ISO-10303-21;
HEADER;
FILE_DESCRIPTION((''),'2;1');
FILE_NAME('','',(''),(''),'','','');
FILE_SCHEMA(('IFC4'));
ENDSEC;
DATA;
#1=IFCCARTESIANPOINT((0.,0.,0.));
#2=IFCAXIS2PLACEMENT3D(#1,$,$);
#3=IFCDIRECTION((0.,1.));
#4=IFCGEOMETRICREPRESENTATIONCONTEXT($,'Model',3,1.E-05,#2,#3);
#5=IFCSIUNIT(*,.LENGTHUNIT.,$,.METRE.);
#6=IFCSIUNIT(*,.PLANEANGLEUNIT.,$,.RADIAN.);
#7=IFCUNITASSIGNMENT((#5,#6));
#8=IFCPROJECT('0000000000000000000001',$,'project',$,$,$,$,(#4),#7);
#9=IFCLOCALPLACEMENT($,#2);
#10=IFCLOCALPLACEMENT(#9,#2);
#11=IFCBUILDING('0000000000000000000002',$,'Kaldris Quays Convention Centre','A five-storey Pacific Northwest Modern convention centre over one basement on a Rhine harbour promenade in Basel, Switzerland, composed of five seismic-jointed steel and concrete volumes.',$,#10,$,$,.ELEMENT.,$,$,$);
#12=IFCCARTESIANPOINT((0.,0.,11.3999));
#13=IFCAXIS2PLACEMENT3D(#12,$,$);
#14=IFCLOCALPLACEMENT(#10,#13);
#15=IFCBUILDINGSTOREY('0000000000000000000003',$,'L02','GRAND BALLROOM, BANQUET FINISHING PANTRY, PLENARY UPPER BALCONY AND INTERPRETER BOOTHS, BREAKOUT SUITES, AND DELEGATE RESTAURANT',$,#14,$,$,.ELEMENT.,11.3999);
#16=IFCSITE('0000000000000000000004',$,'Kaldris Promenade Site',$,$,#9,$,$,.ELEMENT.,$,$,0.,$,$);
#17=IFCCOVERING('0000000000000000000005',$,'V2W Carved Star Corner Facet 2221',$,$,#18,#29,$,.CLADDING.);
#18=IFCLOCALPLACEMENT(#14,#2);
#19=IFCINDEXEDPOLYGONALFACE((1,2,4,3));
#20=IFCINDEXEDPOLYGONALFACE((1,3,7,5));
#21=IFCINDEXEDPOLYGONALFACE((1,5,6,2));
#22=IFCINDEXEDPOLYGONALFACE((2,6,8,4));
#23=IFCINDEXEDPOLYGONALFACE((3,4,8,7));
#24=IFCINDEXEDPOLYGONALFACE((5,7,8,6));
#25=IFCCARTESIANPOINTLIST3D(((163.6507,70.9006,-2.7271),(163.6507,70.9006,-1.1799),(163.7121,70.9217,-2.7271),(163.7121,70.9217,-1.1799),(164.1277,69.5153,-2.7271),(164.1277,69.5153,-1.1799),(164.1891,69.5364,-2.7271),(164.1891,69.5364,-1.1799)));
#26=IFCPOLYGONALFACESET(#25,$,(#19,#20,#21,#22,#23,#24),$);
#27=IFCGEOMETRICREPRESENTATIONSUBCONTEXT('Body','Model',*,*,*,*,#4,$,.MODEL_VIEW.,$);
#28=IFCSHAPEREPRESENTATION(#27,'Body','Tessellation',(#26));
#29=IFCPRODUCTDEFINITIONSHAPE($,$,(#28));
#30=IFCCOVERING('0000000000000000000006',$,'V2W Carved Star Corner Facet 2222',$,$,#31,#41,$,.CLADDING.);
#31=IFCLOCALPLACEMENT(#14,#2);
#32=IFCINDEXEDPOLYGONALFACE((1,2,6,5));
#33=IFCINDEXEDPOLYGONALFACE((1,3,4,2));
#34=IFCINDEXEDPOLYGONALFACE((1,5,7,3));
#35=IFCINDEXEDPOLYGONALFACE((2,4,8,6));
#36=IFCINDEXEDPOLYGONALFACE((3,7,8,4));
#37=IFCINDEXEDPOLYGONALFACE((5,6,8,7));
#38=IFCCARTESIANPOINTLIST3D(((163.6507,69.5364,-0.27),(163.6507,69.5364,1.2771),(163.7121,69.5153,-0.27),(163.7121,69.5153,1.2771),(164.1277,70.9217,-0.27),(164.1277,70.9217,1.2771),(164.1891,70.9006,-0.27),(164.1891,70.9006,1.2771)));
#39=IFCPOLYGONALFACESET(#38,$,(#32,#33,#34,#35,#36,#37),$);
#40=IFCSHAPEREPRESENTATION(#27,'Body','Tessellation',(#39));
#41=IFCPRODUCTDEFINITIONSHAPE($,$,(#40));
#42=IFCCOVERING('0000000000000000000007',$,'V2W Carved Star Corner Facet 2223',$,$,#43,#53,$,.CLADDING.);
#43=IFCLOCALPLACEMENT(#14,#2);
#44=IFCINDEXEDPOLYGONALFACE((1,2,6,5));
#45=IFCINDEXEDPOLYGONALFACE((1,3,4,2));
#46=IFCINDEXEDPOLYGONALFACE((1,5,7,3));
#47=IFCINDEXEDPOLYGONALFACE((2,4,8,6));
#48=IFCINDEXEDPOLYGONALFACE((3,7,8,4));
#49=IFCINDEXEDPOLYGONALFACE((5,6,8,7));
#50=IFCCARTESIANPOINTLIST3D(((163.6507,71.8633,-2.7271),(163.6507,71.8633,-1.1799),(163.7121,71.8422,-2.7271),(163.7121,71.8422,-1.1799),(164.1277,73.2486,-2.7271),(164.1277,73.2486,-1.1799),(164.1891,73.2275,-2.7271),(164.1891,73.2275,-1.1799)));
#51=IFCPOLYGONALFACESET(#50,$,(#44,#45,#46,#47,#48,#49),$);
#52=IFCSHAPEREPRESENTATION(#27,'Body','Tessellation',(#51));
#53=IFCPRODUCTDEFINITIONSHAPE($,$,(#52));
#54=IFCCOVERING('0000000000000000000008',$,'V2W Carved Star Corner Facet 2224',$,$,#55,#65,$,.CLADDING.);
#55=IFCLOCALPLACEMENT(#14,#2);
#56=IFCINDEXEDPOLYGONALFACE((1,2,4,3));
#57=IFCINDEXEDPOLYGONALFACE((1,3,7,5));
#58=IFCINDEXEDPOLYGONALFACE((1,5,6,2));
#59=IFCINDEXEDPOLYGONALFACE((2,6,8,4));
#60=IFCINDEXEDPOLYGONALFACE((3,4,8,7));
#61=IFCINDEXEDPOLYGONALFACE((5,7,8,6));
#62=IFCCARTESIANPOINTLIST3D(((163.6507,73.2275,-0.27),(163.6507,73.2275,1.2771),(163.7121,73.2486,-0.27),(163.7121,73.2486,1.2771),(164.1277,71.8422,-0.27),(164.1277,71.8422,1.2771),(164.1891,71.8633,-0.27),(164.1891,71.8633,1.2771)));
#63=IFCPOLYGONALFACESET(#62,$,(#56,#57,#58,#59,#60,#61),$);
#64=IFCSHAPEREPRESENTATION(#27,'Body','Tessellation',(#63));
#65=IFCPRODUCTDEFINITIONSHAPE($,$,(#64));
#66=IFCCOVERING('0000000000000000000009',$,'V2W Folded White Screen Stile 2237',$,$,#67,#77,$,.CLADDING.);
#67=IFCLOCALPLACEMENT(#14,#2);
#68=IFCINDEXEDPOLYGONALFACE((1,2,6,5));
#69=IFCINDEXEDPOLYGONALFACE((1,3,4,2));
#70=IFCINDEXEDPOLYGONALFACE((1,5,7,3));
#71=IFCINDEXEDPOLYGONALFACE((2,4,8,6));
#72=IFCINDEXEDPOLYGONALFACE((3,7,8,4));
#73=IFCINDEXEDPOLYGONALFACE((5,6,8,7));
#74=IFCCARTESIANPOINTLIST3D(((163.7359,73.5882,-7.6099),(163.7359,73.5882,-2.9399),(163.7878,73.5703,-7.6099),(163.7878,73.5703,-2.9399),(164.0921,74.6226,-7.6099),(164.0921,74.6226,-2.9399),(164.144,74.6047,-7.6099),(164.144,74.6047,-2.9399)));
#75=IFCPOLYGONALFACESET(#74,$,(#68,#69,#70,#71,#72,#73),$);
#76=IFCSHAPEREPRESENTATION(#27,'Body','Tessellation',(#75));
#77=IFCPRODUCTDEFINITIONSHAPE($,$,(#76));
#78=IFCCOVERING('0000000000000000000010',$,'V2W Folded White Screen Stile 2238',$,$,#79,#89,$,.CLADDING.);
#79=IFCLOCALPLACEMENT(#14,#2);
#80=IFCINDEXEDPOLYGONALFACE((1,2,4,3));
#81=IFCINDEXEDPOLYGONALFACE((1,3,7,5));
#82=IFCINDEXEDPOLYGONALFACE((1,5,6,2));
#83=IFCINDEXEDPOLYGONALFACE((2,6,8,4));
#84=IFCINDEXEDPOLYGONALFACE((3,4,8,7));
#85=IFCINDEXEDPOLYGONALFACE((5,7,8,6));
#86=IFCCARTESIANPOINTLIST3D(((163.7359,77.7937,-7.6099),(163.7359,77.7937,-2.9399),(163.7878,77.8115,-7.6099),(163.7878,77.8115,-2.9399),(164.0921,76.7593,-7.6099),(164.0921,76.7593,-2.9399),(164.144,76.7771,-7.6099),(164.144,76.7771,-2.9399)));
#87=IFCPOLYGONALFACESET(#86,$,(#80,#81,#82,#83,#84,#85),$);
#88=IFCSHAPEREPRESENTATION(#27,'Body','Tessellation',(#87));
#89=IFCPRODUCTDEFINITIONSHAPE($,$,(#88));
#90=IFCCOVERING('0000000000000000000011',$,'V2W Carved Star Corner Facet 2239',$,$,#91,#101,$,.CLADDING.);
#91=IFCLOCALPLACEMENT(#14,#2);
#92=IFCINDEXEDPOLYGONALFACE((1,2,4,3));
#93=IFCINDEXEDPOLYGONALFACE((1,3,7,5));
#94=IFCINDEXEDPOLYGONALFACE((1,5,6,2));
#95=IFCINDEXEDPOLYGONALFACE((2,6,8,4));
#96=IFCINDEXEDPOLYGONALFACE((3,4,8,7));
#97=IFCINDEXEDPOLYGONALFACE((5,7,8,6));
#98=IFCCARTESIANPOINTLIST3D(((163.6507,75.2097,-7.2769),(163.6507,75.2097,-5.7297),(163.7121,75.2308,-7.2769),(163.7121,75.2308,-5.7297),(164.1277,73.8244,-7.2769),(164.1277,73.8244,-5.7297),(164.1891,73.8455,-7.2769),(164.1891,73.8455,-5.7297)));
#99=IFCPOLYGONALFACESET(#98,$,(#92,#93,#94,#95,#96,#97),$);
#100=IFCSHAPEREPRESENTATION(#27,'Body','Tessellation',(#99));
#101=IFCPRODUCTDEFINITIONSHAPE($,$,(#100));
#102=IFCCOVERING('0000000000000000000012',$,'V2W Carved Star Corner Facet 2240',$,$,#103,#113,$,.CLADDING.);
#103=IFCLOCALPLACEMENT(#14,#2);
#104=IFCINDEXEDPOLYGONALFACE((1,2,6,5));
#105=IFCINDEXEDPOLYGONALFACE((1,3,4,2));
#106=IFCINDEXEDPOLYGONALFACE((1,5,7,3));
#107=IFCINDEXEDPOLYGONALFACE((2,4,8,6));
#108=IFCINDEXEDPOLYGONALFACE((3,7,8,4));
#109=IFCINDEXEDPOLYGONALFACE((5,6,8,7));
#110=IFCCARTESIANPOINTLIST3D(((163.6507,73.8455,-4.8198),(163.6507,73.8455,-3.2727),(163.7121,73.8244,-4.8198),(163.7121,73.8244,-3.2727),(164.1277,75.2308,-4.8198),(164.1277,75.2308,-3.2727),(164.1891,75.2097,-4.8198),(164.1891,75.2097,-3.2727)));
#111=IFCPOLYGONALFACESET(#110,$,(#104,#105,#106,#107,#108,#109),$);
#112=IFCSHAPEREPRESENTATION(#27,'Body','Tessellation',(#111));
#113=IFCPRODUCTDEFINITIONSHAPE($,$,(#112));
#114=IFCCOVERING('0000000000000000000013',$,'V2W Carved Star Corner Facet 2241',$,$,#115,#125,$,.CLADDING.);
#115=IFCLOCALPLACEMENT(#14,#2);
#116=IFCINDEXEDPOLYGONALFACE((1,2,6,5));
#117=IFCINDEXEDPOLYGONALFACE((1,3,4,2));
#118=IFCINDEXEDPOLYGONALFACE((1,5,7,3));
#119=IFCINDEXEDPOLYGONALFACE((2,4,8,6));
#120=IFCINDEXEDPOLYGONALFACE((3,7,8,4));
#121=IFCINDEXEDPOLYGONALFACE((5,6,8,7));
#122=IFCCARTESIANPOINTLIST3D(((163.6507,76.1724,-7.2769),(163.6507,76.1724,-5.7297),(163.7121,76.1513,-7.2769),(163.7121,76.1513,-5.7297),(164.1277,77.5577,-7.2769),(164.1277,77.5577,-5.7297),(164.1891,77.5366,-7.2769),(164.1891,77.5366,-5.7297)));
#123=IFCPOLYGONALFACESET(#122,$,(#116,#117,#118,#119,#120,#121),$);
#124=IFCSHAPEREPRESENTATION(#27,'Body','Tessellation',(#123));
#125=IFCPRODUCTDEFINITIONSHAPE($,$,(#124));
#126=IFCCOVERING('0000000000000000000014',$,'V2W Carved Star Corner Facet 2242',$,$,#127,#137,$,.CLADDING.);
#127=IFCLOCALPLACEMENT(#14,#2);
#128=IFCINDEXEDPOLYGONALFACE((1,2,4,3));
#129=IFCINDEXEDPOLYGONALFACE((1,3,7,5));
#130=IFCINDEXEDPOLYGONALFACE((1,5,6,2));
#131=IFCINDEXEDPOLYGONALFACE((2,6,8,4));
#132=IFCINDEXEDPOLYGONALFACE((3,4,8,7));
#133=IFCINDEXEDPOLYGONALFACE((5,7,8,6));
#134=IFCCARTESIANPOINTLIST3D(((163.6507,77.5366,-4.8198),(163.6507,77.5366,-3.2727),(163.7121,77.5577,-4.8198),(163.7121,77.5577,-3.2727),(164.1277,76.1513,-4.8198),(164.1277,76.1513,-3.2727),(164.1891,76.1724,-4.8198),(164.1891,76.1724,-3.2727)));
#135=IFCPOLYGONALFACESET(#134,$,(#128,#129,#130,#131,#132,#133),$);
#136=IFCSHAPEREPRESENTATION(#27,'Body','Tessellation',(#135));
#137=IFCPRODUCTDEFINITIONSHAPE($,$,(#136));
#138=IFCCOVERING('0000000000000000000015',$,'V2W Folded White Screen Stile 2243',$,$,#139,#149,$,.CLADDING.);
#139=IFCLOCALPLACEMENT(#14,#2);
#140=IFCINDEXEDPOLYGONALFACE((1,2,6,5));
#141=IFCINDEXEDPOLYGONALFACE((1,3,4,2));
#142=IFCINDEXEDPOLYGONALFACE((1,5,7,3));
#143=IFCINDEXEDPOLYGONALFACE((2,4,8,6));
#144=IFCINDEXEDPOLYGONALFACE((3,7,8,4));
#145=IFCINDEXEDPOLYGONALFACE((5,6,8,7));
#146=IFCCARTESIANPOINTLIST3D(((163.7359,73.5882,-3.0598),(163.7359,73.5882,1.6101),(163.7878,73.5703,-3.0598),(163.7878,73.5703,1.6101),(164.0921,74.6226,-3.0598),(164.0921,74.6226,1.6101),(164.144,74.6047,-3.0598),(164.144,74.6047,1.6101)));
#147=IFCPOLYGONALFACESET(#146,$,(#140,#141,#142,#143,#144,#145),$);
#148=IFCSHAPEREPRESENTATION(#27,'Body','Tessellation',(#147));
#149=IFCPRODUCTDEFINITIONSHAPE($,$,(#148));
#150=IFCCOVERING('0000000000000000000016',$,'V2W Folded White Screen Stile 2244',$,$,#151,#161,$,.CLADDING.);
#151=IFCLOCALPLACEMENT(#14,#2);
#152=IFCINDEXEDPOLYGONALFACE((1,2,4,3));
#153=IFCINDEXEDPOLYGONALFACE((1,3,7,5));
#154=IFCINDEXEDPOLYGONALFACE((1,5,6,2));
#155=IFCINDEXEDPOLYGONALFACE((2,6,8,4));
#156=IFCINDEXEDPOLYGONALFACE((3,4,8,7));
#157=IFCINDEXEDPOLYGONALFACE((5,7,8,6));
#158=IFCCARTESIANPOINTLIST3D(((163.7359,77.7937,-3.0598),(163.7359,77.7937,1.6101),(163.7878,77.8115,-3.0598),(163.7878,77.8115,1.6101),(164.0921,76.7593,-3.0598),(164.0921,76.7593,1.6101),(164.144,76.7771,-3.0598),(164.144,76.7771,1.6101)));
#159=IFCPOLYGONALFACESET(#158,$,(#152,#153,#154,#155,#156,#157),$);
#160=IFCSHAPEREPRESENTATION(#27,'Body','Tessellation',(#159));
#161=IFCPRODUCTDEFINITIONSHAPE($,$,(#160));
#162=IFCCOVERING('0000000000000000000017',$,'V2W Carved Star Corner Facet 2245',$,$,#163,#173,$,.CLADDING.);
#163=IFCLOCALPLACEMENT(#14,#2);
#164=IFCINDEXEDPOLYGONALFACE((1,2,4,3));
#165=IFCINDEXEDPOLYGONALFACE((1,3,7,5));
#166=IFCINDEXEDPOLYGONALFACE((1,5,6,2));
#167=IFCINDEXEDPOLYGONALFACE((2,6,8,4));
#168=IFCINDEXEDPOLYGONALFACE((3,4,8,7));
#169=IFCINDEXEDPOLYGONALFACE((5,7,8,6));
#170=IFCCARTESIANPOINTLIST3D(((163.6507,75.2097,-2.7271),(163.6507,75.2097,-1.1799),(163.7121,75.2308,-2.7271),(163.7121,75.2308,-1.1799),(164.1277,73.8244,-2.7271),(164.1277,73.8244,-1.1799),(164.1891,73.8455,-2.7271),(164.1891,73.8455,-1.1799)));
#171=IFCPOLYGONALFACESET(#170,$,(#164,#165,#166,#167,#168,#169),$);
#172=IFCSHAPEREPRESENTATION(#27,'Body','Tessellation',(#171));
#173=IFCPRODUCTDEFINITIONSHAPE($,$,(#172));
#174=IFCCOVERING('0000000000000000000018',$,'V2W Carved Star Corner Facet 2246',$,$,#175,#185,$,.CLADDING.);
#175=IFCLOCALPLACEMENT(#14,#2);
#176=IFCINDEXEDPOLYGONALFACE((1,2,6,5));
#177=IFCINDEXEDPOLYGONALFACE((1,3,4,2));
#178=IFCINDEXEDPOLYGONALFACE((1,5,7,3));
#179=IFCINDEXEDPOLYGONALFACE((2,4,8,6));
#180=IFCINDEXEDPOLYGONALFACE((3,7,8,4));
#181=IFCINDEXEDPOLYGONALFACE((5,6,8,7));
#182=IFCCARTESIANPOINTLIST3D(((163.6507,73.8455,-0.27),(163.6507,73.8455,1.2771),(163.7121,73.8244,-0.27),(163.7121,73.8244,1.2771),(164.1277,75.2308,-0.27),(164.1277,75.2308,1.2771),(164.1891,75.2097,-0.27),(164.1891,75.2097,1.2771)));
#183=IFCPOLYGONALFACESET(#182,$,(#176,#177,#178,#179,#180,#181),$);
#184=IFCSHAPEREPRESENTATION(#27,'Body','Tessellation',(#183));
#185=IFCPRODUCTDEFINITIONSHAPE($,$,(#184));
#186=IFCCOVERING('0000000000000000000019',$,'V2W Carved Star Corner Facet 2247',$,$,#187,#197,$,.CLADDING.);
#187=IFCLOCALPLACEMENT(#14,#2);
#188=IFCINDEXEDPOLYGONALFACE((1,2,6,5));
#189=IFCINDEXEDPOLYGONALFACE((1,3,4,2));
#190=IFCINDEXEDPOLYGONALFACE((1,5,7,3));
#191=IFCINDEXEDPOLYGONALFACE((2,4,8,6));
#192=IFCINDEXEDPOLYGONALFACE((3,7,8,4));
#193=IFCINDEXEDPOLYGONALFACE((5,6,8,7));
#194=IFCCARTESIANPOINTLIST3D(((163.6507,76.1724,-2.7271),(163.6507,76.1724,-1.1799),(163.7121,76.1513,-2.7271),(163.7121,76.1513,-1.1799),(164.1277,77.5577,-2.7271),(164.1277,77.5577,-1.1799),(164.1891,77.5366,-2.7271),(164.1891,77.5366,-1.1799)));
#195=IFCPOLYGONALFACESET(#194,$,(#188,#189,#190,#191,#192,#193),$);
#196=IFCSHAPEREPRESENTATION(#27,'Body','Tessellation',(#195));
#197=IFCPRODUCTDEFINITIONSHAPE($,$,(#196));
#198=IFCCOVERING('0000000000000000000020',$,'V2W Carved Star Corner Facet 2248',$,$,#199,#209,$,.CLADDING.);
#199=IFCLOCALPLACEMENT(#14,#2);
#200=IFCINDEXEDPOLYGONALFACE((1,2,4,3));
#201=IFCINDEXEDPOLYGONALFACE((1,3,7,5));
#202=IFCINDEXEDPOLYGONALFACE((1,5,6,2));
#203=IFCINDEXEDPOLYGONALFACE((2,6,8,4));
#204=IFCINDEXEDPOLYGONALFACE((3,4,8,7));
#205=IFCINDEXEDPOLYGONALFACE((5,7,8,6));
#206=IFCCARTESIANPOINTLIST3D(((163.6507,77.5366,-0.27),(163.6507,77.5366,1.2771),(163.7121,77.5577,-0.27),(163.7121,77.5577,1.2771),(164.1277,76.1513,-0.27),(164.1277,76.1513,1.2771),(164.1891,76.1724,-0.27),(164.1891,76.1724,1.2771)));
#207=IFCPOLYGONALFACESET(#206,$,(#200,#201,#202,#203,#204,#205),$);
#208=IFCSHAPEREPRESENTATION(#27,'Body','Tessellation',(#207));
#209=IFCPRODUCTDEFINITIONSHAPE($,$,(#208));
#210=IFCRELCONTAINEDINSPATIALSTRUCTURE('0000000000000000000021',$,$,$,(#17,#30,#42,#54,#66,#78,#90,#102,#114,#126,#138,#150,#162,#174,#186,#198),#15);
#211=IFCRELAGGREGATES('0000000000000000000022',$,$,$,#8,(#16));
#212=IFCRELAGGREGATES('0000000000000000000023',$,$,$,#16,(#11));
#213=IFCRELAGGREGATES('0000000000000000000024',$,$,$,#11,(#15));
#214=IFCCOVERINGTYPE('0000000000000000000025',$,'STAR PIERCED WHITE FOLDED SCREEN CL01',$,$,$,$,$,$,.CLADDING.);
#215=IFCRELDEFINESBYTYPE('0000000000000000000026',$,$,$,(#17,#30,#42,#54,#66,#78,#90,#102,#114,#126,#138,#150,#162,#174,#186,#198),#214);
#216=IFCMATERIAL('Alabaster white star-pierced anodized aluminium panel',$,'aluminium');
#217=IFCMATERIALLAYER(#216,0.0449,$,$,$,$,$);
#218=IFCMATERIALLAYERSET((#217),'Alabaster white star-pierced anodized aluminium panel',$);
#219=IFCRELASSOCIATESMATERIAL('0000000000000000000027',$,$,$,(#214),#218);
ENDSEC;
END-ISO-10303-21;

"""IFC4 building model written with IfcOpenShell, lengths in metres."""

from ifc_helpers import new_model, si_unit, direction, frame, origin, origin_2d, place, context, subcontext, project, spatial, rectangle, extrude, material, layer, layer_set, type_object, element, save


model = new_model("IFC4")

# Units and contexts
model_context = context("Model", 3, precision=1e-05, world=origin(), true_north=direction((0.0, 1.0)))
body_context = subcontext(model_context, "Body", "Model", "MODEL_VIEW")
ifc_project = project(units=[si_unit("LENGTHUNIT", "METRE"), si_unit("PLANEANGLEUNIT", "RADIAN")], contexts=[model_context])

# Site, building, storey
site_placement = place(None, origin())
site = spatial("IfcSite", under=ifc_project, at=site_placement, Name="Kaldris Promenade Site", CompositionType="ELEMENT", RefElevation=0.0)
building_placement = place(site_placement, origin())
building = spatial("IfcBuilding", under=site, at=building_placement, Name="Kaldris Quays Convention Centre", Description="A five-storey Pacific Northwest Modern convention centre over one basement on a Rhine harbour promenade in Basel, Switzerland, composed of five seismic-jointed steel and concrete volumes.", CompositionType="ELEMENT")
storey_placement = place(building_placement, frame((0.0, 0.0, 11.3999)))
storey = spatial("IfcBuildingStorey", under=building, at=storey_placement, Name="L02", Description="GRAND BALLROOM, BANQUET FINISHING PANTRY, PLENARY UPPER BALCONY AND INTERPRETER BOOTHS, BREAKOUT SUITES, AND DELEGATE RESTAURANT", CompositionType="ELEMENT", Elevation=11.3999)

# Coverings
ifc_material = material(Name="Alabaster white star-pierced anodized aluminium panel", Category="aluminium")
ifc_layer = layer(ifc_material, 0.0449)
ifc_layer_set = layer_set([ifc_layer], Name="Alabaster white star-pierced anodized aluminium panel")
covering_type = type_object("IfcCoveringType", Name="STAR PIERCED WHITE FOLDED SCREEN CL01", PredefinedType="CLADDING", material=ifc_layer_set)
for number, where, z_axis, x_axis, name in (
    (1, (163.9199, 70.2185, -2.7271), (0.0, 0.0, 1.0), (-0.325568, 0.945519, 0.0), "V2W Carved Star Corner Facet 2221"),
    (2, (163.9199, 70.2185, -0.27), (0.0, 0.0, 1.0), (0.325568, 0.945519, 0.0), "V2W Carved Star Corner Facet 2222"),
    (3, (163.9199, 72.5454, -2.7271), (0.0, 0.0, 1.0), (0.325568, 0.945519, 0.0), "V2W Carved Star Corner Facet 2223"),
    (4, (163.9199, 72.5454, -0.27), (0.0, 0.0, 1.0), (-0.325568, 0.945519, 0.0), "V2W Carved Star Corner Facet 2224"),
):
    element("IfcCovering", number, at=place(storey_placement, frame(where, z_axis=z_axis, x_axis=x_axis)), inside=storey, type_object=covering_type, Name=name, PredefinedType="CLADDING", context=body_context, shape_type="SweptSolid", body=[
        extrude(rectangle(XDim=1.4651, YDim=0.0649, at=origin_2d()), origin(), (0.0, 0.0, 1.0), 1.5471),
    ])
for number, where, z_axis, x_axis, name in (
    (5, (163.9399, 74.0964, -7.6099), (0.0, 0.0, 1.0), (0.325568, 0.945519, 0.0), "V2W Folded White Screen Stile 2237"),
    (6, (163.9399, 77.2854, -7.6099), (0.0, 0.0, 1.0), (-0.325568, 0.945519, 0.0), "V2W Folded White Screen Stile 2238"),
):
    element("IfcCovering", number, at=place(storey_placement, frame(where, z_axis=z_axis, x_axis=x_axis)), inside=storey, type_object=covering_type, Name=name, PredefinedType="CLADDING", context=body_context, shape_type="SweptSolid", body=[
        extrude(rectangle(XDim=1.094, YDim=0.0549, at=origin_2d()), origin(), (0.0, 0.0, 1.0), 4.6699),
    ])
for number, where, z_axis, x_axis, name in (
    (7, (163.9199, 74.5276, -7.2769), (0.0, 0.0, 1.0), (-0.325568, 0.945519, 0.0), "V2W Carved Star Corner Facet 2239"),
    (8, (163.9199, 74.5276, -4.8198), (0.0, 0.0, 1.0), (0.325568, 0.945519, 0.0), "V2W Carved Star Corner Facet 2240"),
    (9, (163.9199, 76.8545, -7.2769), (0.0, 0.0, 1.0), (0.325568, 0.945519, 0.0), "V2W Carved Star Corner Facet 2241"),
    (10, (163.9199, 76.8545, -4.8198), (0.0, 0.0, 1.0), (-0.325568, 0.945519, 0.0), "V2W Carved Star Corner Facet 2242"),
):
    element("IfcCovering", number, at=place(storey_placement, frame(where, z_axis=z_axis, x_axis=x_axis)), inside=storey, type_object=covering_type, Name=name, PredefinedType="CLADDING", context=body_context, shape_type="SweptSolid", body=[
        extrude(rectangle(XDim=1.4651, YDim=0.0649, at=origin_2d()), origin(), (0.0, 0.0, 1.0), 1.5471),
    ])
for number, where, z_axis, x_axis, name in (
    (11, (163.9399, 74.0964, -3.0598), (0.0, 0.0, 1.0), (0.325568, 0.945519, 0.0), "V2W Folded White Screen Stile 2243"),
    (12, (163.9399, 77.2854, -3.0598), (0.0, 0.0, 1.0), (-0.325568, 0.945519, 0.0), "V2W Folded White Screen Stile 2244"),
):
    element("IfcCovering", number, at=place(storey_placement, frame(where, z_axis=z_axis, x_axis=x_axis)), inside=storey, type_object=covering_type, Name=name, PredefinedType="CLADDING", context=body_context, shape_type="SweptSolid", body=[
        extrude(rectangle(XDim=1.094, YDim=0.0549, at=origin_2d()), origin(), (0.0, 0.0, 1.0), 4.6699),
    ])
for number, where, z_axis, x_axis, name in (
    (13, (163.9199, 74.5276, -2.7271), (0.0, 0.0, 1.0), (-0.325568, 0.945519, 0.0), "V2W Carved Star Corner Facet 2245"),
    (14, (163.9199, 74.5276, -0.27), (0.0, 0.0, 1.0), (0.325568, 0.945519, 0.0), "V2W Carved Star Corner Facet 2246"),
    (15, (163.9199, 76.8545, -2.7271), (0.0, 0.0, 1.0), (0.325568, 0.945519, 0.0), "V2W Carved Star Corner Facet 2247"),
    (16, (163.9199, 76.8545, -0.27), (0.0, 0.0, 1.0), (-0.325568, 0.945519, 0.0), "V2W Carved Star Corner Facet 2248"),
):
    element("IfcCovering", number, at=place(storey_placement, frame(where, z_axis=z_axis, x_axis=x_axis)), inside=storey, type_object=covering_type, Name=name, PredefinedType="CLADDING", context=body_context, shape_type="SweptSolid", body=[
        extrude(rectangle(XDim=1.4651, YDim=0.0649, at=origin_2d()), origin(), (0.0, 0.0, 1.0), 1.5471),
    ])

save(model, "model.ifc")
